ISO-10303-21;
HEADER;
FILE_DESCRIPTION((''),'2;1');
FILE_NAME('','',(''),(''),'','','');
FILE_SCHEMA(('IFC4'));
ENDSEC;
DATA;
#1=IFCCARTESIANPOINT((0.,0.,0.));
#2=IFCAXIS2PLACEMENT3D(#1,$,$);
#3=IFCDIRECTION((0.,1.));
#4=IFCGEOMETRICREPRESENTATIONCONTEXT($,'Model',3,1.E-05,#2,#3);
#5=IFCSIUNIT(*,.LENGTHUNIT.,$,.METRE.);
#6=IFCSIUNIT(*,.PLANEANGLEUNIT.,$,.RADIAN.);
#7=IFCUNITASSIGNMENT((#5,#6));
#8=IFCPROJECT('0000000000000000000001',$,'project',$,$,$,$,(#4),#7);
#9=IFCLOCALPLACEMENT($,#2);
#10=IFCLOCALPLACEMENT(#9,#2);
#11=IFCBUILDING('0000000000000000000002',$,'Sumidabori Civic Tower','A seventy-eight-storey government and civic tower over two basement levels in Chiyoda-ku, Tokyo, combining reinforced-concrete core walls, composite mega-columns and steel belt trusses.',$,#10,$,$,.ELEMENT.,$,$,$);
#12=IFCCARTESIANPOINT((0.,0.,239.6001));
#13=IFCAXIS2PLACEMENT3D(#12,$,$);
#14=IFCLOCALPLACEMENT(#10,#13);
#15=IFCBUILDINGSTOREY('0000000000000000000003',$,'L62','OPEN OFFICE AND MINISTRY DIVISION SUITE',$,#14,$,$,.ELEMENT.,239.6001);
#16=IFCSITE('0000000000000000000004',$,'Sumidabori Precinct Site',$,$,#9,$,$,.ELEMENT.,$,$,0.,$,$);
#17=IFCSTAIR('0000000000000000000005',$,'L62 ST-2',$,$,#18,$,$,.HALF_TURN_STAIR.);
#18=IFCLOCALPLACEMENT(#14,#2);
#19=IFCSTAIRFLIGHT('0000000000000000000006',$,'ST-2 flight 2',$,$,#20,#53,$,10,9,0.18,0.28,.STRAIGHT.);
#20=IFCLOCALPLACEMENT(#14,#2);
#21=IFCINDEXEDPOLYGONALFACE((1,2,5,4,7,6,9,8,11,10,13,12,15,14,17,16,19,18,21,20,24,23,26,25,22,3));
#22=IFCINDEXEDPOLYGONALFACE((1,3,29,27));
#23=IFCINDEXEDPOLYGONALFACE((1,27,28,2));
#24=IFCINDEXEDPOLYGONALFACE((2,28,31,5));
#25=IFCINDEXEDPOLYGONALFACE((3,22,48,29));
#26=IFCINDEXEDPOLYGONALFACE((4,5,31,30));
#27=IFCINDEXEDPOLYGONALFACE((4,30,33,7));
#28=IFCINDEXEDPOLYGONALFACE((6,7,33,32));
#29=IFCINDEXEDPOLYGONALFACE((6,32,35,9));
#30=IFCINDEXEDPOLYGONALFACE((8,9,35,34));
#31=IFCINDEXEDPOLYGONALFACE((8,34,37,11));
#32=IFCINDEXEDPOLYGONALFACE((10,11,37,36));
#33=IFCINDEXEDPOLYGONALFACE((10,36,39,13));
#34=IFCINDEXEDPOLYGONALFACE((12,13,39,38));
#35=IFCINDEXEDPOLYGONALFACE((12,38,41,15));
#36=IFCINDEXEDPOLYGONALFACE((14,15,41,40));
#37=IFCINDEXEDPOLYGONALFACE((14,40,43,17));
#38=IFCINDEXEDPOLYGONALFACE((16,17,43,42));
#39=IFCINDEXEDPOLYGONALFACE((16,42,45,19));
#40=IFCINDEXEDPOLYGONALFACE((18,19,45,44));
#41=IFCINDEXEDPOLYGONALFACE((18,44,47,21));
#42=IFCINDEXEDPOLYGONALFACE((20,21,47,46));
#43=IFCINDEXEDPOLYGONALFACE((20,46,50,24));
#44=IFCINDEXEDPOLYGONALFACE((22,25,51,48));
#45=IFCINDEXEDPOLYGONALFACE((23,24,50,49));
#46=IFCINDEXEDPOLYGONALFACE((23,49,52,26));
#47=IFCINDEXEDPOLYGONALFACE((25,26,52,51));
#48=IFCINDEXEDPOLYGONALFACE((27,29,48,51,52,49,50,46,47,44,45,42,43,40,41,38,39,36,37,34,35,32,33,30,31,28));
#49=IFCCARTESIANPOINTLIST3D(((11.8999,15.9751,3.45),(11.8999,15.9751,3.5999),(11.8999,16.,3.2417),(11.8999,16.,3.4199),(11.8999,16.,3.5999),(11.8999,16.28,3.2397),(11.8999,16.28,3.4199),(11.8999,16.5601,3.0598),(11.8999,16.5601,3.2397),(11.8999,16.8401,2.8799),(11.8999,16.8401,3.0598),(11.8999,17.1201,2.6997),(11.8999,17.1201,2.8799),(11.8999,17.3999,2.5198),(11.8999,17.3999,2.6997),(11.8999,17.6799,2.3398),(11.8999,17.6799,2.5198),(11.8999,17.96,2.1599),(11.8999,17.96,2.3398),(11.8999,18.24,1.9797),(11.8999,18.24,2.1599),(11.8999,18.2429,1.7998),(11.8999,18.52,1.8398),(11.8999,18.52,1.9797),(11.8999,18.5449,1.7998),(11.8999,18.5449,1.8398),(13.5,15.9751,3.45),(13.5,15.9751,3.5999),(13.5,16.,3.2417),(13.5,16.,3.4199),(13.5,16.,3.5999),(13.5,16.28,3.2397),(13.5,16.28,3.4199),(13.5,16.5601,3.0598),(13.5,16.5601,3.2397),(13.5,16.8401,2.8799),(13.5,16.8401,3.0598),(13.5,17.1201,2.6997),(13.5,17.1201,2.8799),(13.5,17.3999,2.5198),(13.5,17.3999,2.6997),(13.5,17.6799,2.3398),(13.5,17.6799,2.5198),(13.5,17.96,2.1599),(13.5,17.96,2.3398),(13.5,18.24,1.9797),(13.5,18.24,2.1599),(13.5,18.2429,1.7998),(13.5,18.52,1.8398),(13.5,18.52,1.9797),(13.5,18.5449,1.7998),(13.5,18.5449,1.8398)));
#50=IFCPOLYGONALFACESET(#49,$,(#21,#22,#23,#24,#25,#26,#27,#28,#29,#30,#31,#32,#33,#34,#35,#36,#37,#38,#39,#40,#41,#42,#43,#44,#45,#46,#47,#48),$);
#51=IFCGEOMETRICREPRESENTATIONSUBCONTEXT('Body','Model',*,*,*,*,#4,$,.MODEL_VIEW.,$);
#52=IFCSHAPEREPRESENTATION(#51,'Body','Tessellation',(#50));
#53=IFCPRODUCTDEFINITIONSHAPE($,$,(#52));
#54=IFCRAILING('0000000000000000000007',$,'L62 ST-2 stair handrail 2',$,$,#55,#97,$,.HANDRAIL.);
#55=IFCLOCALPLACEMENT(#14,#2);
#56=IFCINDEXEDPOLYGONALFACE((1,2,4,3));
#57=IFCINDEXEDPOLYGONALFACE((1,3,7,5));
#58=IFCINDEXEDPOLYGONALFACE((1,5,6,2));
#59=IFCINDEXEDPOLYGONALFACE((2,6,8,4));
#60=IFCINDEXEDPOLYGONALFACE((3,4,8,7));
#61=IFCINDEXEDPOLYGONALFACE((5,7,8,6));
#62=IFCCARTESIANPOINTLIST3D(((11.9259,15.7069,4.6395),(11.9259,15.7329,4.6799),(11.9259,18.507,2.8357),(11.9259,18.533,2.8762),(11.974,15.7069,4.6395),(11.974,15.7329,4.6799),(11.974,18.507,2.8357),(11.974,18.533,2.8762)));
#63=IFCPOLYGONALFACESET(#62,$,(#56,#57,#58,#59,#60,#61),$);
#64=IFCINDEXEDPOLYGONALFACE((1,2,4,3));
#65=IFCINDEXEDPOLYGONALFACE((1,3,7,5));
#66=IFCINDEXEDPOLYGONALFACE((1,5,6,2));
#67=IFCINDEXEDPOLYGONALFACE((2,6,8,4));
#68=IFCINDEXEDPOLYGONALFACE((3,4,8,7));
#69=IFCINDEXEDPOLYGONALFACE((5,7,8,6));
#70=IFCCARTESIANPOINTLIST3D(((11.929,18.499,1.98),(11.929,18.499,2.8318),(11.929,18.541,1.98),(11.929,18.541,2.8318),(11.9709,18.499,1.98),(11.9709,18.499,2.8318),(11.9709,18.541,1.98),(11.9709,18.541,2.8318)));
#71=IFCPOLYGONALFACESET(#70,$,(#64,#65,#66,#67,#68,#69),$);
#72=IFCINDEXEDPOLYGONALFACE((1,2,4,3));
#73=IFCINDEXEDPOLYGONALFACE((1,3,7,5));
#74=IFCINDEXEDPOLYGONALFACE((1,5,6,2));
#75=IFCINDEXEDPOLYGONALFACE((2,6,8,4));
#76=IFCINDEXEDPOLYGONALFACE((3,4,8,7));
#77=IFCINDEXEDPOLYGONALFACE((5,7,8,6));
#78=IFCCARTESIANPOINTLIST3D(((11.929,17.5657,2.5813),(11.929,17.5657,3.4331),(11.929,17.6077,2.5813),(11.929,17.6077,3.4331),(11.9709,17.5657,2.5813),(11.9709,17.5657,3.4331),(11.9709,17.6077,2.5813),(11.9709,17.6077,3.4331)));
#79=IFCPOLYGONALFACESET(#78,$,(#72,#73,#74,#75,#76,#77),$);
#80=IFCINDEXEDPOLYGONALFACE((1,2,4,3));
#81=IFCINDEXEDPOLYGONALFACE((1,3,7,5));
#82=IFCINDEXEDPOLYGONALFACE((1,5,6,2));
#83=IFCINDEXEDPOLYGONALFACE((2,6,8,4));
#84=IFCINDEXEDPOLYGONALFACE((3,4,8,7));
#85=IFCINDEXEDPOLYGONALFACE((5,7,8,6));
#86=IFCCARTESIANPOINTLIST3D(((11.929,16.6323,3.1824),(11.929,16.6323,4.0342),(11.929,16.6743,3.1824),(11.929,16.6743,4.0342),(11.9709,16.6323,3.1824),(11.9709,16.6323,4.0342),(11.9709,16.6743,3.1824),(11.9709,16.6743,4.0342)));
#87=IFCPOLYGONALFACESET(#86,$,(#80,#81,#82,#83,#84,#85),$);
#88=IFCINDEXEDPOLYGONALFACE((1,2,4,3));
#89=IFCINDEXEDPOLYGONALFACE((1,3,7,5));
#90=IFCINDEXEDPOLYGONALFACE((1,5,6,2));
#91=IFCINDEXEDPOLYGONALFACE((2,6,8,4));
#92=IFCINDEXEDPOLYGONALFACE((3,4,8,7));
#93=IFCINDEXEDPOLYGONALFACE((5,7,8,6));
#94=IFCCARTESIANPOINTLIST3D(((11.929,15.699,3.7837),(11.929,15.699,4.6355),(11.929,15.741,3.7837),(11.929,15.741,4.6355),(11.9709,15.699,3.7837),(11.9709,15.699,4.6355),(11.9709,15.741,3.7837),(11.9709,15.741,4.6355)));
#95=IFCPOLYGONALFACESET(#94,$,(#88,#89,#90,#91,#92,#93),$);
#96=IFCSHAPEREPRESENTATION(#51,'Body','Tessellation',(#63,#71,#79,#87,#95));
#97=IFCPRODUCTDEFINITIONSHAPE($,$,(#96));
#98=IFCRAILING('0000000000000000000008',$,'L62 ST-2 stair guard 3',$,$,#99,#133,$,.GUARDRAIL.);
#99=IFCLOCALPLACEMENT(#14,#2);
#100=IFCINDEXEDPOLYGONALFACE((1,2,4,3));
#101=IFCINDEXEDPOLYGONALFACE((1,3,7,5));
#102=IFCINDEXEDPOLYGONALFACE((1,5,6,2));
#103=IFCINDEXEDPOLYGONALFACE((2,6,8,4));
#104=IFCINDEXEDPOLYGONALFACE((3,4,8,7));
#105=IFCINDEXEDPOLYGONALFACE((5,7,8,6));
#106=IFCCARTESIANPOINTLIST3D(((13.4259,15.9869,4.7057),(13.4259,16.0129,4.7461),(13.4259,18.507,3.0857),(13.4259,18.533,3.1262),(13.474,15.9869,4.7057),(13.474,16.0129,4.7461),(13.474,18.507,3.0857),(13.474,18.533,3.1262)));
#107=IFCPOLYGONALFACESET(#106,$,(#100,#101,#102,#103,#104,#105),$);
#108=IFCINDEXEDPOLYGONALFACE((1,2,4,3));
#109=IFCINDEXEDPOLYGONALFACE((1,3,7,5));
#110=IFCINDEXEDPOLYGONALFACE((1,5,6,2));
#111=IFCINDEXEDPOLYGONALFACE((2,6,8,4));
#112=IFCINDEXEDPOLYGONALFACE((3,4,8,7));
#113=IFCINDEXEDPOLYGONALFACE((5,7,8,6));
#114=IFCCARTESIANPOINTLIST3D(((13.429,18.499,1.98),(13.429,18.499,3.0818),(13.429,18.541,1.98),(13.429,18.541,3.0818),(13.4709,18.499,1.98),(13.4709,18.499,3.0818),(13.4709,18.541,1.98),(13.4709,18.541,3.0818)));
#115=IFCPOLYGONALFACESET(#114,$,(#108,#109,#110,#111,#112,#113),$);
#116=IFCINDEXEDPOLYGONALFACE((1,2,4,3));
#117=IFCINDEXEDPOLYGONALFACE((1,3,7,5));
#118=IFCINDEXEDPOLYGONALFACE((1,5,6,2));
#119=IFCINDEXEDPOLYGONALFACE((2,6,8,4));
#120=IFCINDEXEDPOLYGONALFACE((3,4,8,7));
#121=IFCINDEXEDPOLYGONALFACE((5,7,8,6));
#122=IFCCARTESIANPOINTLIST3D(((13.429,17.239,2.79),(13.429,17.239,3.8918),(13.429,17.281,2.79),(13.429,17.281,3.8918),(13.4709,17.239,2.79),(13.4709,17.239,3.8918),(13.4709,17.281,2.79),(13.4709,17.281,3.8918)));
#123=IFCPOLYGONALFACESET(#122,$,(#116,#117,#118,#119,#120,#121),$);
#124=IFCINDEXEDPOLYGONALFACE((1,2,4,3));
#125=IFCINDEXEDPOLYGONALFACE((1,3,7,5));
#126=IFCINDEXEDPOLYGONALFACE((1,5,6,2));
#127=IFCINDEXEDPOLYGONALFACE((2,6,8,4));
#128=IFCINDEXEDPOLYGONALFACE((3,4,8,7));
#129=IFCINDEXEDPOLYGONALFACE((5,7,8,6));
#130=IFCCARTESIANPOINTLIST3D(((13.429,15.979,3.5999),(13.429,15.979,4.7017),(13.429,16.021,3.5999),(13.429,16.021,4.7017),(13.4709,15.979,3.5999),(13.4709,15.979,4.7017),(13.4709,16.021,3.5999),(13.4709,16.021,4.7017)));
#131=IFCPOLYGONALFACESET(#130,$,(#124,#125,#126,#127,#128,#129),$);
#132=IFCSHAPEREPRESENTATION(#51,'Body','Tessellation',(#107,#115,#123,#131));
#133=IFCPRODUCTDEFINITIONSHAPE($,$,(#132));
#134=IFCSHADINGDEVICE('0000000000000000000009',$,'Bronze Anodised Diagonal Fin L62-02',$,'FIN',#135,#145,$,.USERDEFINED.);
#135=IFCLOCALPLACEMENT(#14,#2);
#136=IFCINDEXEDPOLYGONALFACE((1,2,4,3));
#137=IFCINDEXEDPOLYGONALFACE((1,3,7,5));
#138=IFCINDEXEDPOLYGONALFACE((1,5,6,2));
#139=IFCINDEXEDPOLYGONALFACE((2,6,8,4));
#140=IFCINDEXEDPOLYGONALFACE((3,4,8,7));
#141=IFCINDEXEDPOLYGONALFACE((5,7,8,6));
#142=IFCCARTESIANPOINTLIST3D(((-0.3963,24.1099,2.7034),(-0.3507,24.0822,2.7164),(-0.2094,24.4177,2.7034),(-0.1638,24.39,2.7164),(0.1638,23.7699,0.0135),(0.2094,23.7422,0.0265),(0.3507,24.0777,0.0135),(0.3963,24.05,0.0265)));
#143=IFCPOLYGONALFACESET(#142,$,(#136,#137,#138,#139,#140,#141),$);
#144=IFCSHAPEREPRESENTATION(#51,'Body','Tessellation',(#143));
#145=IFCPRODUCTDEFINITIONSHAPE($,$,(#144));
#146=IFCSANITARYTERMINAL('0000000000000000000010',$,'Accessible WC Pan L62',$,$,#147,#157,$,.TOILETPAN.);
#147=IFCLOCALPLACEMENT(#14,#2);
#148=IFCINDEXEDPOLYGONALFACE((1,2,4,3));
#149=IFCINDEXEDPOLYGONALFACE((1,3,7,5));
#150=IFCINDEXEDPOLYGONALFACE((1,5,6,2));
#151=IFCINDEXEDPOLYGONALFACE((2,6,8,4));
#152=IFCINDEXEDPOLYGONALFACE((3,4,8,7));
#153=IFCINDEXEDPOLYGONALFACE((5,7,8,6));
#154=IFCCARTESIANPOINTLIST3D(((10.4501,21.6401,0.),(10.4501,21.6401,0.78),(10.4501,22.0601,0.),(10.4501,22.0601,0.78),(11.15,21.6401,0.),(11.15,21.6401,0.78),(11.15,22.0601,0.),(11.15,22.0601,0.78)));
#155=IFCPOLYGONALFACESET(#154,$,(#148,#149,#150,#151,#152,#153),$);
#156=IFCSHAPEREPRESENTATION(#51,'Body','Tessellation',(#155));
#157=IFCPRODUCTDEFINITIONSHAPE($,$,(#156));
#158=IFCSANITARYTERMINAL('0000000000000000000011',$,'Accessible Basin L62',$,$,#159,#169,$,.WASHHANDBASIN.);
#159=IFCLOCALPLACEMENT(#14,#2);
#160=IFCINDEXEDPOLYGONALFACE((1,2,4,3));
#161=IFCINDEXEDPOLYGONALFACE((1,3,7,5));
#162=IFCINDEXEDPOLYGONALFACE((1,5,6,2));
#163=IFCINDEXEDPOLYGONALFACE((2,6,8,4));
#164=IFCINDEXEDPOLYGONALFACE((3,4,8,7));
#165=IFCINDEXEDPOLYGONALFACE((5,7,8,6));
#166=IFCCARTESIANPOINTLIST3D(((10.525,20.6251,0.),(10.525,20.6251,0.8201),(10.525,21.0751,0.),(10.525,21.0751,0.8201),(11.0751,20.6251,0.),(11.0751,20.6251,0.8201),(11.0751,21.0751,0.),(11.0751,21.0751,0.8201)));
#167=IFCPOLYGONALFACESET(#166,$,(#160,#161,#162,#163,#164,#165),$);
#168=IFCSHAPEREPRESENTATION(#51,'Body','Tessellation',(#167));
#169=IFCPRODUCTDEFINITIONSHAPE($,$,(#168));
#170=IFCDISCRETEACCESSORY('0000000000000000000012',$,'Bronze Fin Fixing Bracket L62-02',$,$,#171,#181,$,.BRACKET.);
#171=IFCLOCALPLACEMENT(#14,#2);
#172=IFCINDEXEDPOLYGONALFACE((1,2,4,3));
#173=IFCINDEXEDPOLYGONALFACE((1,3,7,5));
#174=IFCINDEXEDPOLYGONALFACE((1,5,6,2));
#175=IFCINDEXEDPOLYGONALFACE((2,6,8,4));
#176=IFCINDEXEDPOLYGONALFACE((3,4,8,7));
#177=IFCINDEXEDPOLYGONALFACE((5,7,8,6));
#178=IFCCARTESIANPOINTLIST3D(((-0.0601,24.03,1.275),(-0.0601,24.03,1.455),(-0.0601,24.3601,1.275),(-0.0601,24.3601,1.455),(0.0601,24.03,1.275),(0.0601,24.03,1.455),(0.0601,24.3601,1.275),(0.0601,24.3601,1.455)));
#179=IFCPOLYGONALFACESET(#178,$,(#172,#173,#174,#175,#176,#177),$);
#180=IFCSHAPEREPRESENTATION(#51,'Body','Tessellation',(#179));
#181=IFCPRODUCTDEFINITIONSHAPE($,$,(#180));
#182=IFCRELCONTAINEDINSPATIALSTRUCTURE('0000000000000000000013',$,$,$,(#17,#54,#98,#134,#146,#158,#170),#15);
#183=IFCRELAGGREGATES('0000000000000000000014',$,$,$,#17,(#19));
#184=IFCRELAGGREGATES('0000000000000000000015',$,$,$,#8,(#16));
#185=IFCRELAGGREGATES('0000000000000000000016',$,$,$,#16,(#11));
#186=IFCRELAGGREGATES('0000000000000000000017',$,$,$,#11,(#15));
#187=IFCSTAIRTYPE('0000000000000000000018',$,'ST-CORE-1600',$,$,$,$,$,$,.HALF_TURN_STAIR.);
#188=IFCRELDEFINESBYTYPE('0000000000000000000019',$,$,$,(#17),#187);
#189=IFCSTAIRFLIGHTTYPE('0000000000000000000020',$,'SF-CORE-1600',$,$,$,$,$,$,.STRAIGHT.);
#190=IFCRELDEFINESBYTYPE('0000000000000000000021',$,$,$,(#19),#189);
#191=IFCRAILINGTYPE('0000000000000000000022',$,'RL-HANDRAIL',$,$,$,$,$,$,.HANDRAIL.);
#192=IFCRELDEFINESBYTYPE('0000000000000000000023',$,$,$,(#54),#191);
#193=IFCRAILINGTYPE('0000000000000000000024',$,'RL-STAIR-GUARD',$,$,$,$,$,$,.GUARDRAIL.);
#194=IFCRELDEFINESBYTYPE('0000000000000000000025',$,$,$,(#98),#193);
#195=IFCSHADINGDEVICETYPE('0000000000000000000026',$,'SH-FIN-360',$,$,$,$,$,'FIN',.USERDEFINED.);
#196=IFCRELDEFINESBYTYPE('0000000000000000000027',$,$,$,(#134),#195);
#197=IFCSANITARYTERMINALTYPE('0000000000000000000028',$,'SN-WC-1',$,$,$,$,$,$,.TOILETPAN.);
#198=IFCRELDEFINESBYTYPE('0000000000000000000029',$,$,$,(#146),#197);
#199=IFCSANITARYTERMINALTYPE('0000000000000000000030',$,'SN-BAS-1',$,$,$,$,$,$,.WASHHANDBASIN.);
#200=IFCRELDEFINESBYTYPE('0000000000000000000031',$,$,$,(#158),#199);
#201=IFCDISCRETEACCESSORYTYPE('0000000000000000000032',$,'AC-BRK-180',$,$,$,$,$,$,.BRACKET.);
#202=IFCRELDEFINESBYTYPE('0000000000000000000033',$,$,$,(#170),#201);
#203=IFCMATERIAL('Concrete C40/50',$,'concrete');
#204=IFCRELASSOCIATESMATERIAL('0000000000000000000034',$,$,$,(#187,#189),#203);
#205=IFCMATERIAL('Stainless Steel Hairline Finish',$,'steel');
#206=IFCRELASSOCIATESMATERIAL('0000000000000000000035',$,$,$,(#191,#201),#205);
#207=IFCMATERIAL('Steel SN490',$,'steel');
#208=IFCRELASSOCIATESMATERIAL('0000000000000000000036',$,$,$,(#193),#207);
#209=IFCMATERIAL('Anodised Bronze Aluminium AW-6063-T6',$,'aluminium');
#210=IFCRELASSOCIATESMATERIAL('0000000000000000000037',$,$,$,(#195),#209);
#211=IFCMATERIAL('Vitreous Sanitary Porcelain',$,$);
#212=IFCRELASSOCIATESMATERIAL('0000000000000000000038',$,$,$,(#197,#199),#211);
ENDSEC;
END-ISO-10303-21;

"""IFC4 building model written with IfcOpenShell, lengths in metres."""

from ifc_helpers import new_model, si_unit, direction, frame, origin, origin_2d, place, context, subcontext, project, spatial, polyline, rectangle, outline, extrude, source, transform, mapped, material, material_profile, profile_set, type_object, element, aggregate, save


model = new_model("IFC4")

# Units and contexts
model_context = context("Model", 3, precision=1e-05, world=origin(), true_north=direction((0.0, 1.0)))
body_context = subcontext(model_context, "Body", "Model", "MODEL_VIEW")
ifc_project = project(units=[si_unit("LENGTHUNIT", "METRE"), si_unit("PLANEANGLEUNIT", "RADIAN")], contexts=[model_context])

# Site, building, storey
site_placement = place(None, origin())
site = spatial("IfcSite", under=ifc_project, at=site_placement, Name="Sumidabori Precinct Site", CompositionType="ELEMENT", RefElevation=0.0)
building_placement = place(site_placement, origin())
building = spatial("IfcBuilding", under=site, at=building_placement, Name="Sumidabori Civic Tower", Description="A seventy-eight-storey government and civic tower over two basement levels in Chiyoda-ku, Tokyo, combining reinforced-concrete core walls, composite mega-columns and steel belt trusses.", CompositionType="ELEMENT")
storey_placement = place(building_placement, frame((0.0, 0.0, 239.6001)))
storey = spatial("IfcBuildingStorey", under=building, at=storey_placement, Name="L62", Description="OPEN OFFICE AND MINISTRY DIVISION SUITE", CompositionType="ELEMENT", Elevation=239.6001)

# Shared definitions
ifc_material_1 = material(Name="Steel SN490", Category="steel")

# Shared definitions
ifc_material_2 = material(Name="Anodised Bronze Aluminium AW-6063-T6", Category="aluminium")

# Shared definitions
ifc_material_3 = material(Name="Stainless Steel Hairline Finish", Category="steel")

# Stair, stair flight
ifc_material_4 = material(Name="Concrete C40/50", Category="concrete")
stair_type = type_object("IfcStairType", Name="ST-CORE-1600", PredefinedType="HALF_TURN_STAIR", material=ifc_material_4)
stair_placement = place(storey_placement, origin())
stair = element("IfcStair", 1, at=stair_placement, inside=storey, type_object=stair_type, Name="L62 ST-2", PredefinedType="HALF_TURN_STAIR")
stair_flight_type = type_object("IfcStairFlightType", Name="SF-CORE-1600", PredefinedType="STRAIGHT", material=ifc_material_4)
shared_shape_1 = source(origin(), body_context, "Body", "SweptSolid", [
    extrude(outline(polyline([(-0.0249, 0.0), (-0.0249, 0.04), (0.0, 0.04), (0.0, 0.1799), (0.28, 0.1799), (0.28, 0.3601), (0.5601, 0.3601), (0.5601, 0.54), (0.8401, 0.54), (0.8401, 0.72), (1.1201, 0.72), (1.1201, 0.8999), (1.3999, 0.8999), (1.3999, 1.0801), (1.6799, 1.0801), (1.6799, 1.26), (1.96, 1.26), (1.96, 1.4399), (2.24, 1.4399), (2.24, 1.6201), (2.52, 1.6201), (2.52, 1.8), (2.5449, 1.8), (2.5449, 1.6501), (2.52, 1.4419), (0.2771, 0.0), (-0.0249, 0.0)])), frame((0.0, 0.8, 0.0), z_axis=(0.0, -1.0, 0.0), x_axis=(1.0, 0.0, 0.0)), (0.0, 0.0, 1.0), 1.6001),
])
stair_flight_placement = place(storey_placement, frame((12.7, 18.52, 1.7998), z_axis=(0.0, 0.0, 1.0), x_axis=(0.0, -1.0, 0.0)))
stair_flight = element("IfcStairFlight", 2, at=stair_flight_placement, type_object=stair_flight_type, Name="ST-2 flight 2", NumberOfRisers=10, NumberOfTreads=9, PredefinedType="STRAIGHT", RiserHeight=0.18, TreadLength=0.28, context=body_context, shape_type="MappedRepresentation", body=[
    mapped(shared_shape_1, transform((0.0, 0.0, 0.0), x_axis=(1.0, 0.0, 0.0), y_axis=(0.0, 1.0, 0.0), z_axis=(0.0, 0.0, 1.0), scale=1.0)),
])
aggregate(stair, [stair_flight])

# Railings
railing_type_1 = type_object("IfcRailingType", Name="RL-HANDRAIL", PredefinedType="HANDRAIL", material=ifc_material_3)
railing_1_placement = place(storey_placement, frame((11.95, 18.52, 1.98)))
element("IfcRailing", 3, at=railing_1_placement, inside=storey, type_object=railing_type_1, Name="L62 ST-2 stair handrail 2", PredefinedType="HANDRAIL", context=body_context, shape_type="SweptSolid", body=[
    extrude(rectangle(XDim=0.0481, YDim=0.0481, at=origin_2d()), frame((0.0, 0.0, 0.876), z_axis=(0.0, -0.840676, 0.541539), x_axis=(1.0, 0.0, 0.0)), (0.0, 0.0, 1.0), 3.3308),
    extrude(rectangle(XDim=0.042, YDim=0.042, at=origin_2d()), origin(), (0.0, 0.0, 1.0), 0.8518),
    extrude(rectangle(XDim=0.042, YDim=0.042, at=origin_2d()), frame((0.0, -0.9333, 0.6013)), (0.0, 0.0, 1.0), 0.8518),
    extrude(rectangle(XDim=0.042, YDim=0.042, at=origin_2d()), frame((0.0, -1.8667, 1.2024)), (0.0, 0.0, 1.0), 0.8518),
    extrude(rectangle(XDim=0.042, YDim=0.042, at=origin_2d()), frame((0.0, -2.8, 1.8037)), (0.0, 0.0, 1.0), 0.8518),
])
railing_type_2 = type_object("IfcRailingType", Name="RL-STAIR-GUARD", PredefinedType="GUARDRAIL", material=ifc_material_1)
railing_2_placement = place(storey_placement, frame((13.45, 18.52, 1.98)))
element("IfcRailing", 4, at=railing_2_placement, inside=storey, type_object=railing_type_2, Name="L62 ST-2 stair guard 3", PredefinedType="GUARDRAIL", context=body_context, shape_type="SweptSolid", body=[
    extrude(rectangle(XDim=0.0481, YDim=0.0481, at=origin_2d()), frame((0.0, 0.0, 1.126), z_axis=(0.0, -0.8412, 0.540725), x_axis=(1.0, 0.0, 0.0)), (0.0, 0.0, 1.0), 2.9958),
    extrude(rectangle(XDim=0.042, YDim=0.042, at=origin_2d()), origin(), (0.0, 0.0, 1.0), 1.1018),
    extrude(rectangle(XDim=0.042, YDim=0.042, at=origin_2d()), frame((0.0, -1.26, 0.8101)), (0.0, 0.0, 1.0), 1.1018),
    extrude(rectangle(XDim=0.042, YDim=0.042, at=origin_2d()), frame((0.0, -2.52, 1.6199)), (0.0, 0.0, 1.0), 1.1018),
])

# Shading device
ifc_material_profile_1 = material_profile(ifc_material_2, rectangle(XDim=0.0549, YDim=0.3601, at=origin_2d()), Name="BRONZE FIN 360x55")
ifc_profile_set_1 = profile_set([ifc_material_profile_1], Name="Anodised Bronze Aluminium AW-6063-T6")
shading_device_type = type_object("IfcShadingDeviceType", Name="SH-FIN-360", ElementType="FIN", PredefinedType="USERDEFINED", material=ifc_profile_set_1)
shared_shape_2 = source(origin(), body_context, "Body", "SweptSolid", [
    extrude(rectangle(XDim=0.0549, YDim=0.3601, at=origin_2d()), origin(), (0.0, 0.0, 1.0), 2.7686),
])
shading_device_placement = place(storey_placement, frame((0.28, 23.9099, 0.02), z_axis=(-0.20229, 0.122838, 0.971591), x_axis=(0.83047, -0.504291, 0.236665)))
element("IfcShadingDevice", 5, at=shading_device_placement, inside=storey, type_object=shading_device_type, Name="Bronze Anodised Diagonal Fin L62-02", ObjectType="FIN", PredefinedType="USERDEFINED", context=body_context, shape_type="MappedRepresentation", body=[
    mapped(shared_shape_2, transform((0.0, 0.0, 0.0), x_axis=(1.0, 0.0, 0.0), y_axis=(0.0, 1.0, 0.0), z_axis=(0.0, 0.0, 1.0), scale=1.0)),
])

# Sanitary terminals
ifc_material_5 = material(Name="Vitreous Sanitary Porcelain")
sanitary_terminal_type_1 = type_object("IfcSanitaryTerminalType", Name="SN-WC-1", PredefinedType="TOILETPAN", material=ifc_material_5)
shared_shape_3 = source(origin(), body_context, "Body", "SweptSolid", [
    extrude(rectangle(XDim=0.7, YDim=0.4199, at=origin_2d()), origin(), (0.0, 0.0, 1.0), 0.78),
])
sanitary_terminal_1_placement = place(storey_placement, frame((10.8, 21.8501, 0.0), z_axis=(0.0, 0.0, 1.0), x_axis=(1.0, 0.0, 0.0)))
element("IfcSanitaryTerminal", 6, at=sanitary_terminal_1_placement, inside=storey, type_object=sanitary_terminal_type_1, Name="Accessible WC Pan L62", PredefinedType="TOILETPAN", context=body_context, shape_type="MappedRepresentation", body=[
    mapped(shared_shape_3, transform((0.0, 0.0, 0.0), x_axis=(1.0, 0.0, 0.0), y_axis=(0.0, 1.0, 0.0), z_axis=(0.0, 0.0, 1.0), scale=1.0)),
])
sanitary_terminal_type_2 = type_object("IfcSanitaryTerminalType", Name="SN-BAS-1", PredefinedType="WASHHANDBASIN", material=ifc_material_5)
shared_shape_4 = source(origin(), body_context, "Body", "SweptSolid", [
    extrude(rectangle(XDim=0.55, YDim=0.45, at=origin_2d()), origin(), (0.0, 0.0, 1.0), 0.8201),
])
sanitary_terminal_2_placement = place(storey_placement, frame((10.8, 20.8501, 0.0), z_axis=(0.0, 0.0, 1.0), x_axis=(1.0, 0.0, 0.0)))
element("IfcSanitaryTerminal", 7, at=sanitary_terminal_2_placement, inside=storey, type_object=sanitary_terminal_type_2, Name="Accessible Basin L62", PredefinedType="WASHHANDBASIN", context=body_context, shape_type="MappedRepresentation", body=[
    mapped(shared_shape_4, transform((0.0, 0.0, 0.0), x_axis=(1.0, 0.0, 0.0), y_axis=(0.0, 1.0, 0.0), z_axis=(0.0, 0.0, 1.0), scale=1.0)),
])

# Discrete accessory
ifc_material_profile_2 = material_profile(ifc_material_3, rectangle(XDim=0.1201, YDim=0.1799, at=origin_2d()), Name="STEEL BRACKET 180x120")
ifc_profile_set_2 = profile_set([ifc_material_profile_2], Name="Stainless Steel Hairline Finish")
discrete_accessory_type = type_object("IfcDiscreteAccessoryType", Name="AC-BRK-180", PredefinedType="BRACKET", material=ifc_profile_set_2)
shared_shape_5 = source(origin(), body_context, "Body", "SweptSolid", [
    extrude(rectangle(XDim=0.1201, YDim=0.1799, at=origin_2d()), origin(), (0.0, 0.0, 1.0), 0.3301),
])
discrete_accessory_placement = place(storey_placement, frame((0.0, 24.03, 1.365), z_axis=(0.0, 1.0, 0.0), x_axis=(-1.0, 0.0, 0.0)))
element("IfcDiscreteAccessory", 8, at=discrete_accessory_placement, inside=storey, type_object=discrete_accessory_type, Name="Bronze Fin Fixing Bracket L62-02", PredefinedType="BRACKET", context=body_context, shape_type="MappedRepresentation", body=[
    mapped(shared_shape_5, transform((0.0, 0.0, 0.0), x_axis=(1.0, 0.0, 0.0), y_axis=(0.0, 1.0, 0.0), z_axis=(0.0, 0.0, 1.0), scale=1.0)),
])

save(model, "model.ifc")
